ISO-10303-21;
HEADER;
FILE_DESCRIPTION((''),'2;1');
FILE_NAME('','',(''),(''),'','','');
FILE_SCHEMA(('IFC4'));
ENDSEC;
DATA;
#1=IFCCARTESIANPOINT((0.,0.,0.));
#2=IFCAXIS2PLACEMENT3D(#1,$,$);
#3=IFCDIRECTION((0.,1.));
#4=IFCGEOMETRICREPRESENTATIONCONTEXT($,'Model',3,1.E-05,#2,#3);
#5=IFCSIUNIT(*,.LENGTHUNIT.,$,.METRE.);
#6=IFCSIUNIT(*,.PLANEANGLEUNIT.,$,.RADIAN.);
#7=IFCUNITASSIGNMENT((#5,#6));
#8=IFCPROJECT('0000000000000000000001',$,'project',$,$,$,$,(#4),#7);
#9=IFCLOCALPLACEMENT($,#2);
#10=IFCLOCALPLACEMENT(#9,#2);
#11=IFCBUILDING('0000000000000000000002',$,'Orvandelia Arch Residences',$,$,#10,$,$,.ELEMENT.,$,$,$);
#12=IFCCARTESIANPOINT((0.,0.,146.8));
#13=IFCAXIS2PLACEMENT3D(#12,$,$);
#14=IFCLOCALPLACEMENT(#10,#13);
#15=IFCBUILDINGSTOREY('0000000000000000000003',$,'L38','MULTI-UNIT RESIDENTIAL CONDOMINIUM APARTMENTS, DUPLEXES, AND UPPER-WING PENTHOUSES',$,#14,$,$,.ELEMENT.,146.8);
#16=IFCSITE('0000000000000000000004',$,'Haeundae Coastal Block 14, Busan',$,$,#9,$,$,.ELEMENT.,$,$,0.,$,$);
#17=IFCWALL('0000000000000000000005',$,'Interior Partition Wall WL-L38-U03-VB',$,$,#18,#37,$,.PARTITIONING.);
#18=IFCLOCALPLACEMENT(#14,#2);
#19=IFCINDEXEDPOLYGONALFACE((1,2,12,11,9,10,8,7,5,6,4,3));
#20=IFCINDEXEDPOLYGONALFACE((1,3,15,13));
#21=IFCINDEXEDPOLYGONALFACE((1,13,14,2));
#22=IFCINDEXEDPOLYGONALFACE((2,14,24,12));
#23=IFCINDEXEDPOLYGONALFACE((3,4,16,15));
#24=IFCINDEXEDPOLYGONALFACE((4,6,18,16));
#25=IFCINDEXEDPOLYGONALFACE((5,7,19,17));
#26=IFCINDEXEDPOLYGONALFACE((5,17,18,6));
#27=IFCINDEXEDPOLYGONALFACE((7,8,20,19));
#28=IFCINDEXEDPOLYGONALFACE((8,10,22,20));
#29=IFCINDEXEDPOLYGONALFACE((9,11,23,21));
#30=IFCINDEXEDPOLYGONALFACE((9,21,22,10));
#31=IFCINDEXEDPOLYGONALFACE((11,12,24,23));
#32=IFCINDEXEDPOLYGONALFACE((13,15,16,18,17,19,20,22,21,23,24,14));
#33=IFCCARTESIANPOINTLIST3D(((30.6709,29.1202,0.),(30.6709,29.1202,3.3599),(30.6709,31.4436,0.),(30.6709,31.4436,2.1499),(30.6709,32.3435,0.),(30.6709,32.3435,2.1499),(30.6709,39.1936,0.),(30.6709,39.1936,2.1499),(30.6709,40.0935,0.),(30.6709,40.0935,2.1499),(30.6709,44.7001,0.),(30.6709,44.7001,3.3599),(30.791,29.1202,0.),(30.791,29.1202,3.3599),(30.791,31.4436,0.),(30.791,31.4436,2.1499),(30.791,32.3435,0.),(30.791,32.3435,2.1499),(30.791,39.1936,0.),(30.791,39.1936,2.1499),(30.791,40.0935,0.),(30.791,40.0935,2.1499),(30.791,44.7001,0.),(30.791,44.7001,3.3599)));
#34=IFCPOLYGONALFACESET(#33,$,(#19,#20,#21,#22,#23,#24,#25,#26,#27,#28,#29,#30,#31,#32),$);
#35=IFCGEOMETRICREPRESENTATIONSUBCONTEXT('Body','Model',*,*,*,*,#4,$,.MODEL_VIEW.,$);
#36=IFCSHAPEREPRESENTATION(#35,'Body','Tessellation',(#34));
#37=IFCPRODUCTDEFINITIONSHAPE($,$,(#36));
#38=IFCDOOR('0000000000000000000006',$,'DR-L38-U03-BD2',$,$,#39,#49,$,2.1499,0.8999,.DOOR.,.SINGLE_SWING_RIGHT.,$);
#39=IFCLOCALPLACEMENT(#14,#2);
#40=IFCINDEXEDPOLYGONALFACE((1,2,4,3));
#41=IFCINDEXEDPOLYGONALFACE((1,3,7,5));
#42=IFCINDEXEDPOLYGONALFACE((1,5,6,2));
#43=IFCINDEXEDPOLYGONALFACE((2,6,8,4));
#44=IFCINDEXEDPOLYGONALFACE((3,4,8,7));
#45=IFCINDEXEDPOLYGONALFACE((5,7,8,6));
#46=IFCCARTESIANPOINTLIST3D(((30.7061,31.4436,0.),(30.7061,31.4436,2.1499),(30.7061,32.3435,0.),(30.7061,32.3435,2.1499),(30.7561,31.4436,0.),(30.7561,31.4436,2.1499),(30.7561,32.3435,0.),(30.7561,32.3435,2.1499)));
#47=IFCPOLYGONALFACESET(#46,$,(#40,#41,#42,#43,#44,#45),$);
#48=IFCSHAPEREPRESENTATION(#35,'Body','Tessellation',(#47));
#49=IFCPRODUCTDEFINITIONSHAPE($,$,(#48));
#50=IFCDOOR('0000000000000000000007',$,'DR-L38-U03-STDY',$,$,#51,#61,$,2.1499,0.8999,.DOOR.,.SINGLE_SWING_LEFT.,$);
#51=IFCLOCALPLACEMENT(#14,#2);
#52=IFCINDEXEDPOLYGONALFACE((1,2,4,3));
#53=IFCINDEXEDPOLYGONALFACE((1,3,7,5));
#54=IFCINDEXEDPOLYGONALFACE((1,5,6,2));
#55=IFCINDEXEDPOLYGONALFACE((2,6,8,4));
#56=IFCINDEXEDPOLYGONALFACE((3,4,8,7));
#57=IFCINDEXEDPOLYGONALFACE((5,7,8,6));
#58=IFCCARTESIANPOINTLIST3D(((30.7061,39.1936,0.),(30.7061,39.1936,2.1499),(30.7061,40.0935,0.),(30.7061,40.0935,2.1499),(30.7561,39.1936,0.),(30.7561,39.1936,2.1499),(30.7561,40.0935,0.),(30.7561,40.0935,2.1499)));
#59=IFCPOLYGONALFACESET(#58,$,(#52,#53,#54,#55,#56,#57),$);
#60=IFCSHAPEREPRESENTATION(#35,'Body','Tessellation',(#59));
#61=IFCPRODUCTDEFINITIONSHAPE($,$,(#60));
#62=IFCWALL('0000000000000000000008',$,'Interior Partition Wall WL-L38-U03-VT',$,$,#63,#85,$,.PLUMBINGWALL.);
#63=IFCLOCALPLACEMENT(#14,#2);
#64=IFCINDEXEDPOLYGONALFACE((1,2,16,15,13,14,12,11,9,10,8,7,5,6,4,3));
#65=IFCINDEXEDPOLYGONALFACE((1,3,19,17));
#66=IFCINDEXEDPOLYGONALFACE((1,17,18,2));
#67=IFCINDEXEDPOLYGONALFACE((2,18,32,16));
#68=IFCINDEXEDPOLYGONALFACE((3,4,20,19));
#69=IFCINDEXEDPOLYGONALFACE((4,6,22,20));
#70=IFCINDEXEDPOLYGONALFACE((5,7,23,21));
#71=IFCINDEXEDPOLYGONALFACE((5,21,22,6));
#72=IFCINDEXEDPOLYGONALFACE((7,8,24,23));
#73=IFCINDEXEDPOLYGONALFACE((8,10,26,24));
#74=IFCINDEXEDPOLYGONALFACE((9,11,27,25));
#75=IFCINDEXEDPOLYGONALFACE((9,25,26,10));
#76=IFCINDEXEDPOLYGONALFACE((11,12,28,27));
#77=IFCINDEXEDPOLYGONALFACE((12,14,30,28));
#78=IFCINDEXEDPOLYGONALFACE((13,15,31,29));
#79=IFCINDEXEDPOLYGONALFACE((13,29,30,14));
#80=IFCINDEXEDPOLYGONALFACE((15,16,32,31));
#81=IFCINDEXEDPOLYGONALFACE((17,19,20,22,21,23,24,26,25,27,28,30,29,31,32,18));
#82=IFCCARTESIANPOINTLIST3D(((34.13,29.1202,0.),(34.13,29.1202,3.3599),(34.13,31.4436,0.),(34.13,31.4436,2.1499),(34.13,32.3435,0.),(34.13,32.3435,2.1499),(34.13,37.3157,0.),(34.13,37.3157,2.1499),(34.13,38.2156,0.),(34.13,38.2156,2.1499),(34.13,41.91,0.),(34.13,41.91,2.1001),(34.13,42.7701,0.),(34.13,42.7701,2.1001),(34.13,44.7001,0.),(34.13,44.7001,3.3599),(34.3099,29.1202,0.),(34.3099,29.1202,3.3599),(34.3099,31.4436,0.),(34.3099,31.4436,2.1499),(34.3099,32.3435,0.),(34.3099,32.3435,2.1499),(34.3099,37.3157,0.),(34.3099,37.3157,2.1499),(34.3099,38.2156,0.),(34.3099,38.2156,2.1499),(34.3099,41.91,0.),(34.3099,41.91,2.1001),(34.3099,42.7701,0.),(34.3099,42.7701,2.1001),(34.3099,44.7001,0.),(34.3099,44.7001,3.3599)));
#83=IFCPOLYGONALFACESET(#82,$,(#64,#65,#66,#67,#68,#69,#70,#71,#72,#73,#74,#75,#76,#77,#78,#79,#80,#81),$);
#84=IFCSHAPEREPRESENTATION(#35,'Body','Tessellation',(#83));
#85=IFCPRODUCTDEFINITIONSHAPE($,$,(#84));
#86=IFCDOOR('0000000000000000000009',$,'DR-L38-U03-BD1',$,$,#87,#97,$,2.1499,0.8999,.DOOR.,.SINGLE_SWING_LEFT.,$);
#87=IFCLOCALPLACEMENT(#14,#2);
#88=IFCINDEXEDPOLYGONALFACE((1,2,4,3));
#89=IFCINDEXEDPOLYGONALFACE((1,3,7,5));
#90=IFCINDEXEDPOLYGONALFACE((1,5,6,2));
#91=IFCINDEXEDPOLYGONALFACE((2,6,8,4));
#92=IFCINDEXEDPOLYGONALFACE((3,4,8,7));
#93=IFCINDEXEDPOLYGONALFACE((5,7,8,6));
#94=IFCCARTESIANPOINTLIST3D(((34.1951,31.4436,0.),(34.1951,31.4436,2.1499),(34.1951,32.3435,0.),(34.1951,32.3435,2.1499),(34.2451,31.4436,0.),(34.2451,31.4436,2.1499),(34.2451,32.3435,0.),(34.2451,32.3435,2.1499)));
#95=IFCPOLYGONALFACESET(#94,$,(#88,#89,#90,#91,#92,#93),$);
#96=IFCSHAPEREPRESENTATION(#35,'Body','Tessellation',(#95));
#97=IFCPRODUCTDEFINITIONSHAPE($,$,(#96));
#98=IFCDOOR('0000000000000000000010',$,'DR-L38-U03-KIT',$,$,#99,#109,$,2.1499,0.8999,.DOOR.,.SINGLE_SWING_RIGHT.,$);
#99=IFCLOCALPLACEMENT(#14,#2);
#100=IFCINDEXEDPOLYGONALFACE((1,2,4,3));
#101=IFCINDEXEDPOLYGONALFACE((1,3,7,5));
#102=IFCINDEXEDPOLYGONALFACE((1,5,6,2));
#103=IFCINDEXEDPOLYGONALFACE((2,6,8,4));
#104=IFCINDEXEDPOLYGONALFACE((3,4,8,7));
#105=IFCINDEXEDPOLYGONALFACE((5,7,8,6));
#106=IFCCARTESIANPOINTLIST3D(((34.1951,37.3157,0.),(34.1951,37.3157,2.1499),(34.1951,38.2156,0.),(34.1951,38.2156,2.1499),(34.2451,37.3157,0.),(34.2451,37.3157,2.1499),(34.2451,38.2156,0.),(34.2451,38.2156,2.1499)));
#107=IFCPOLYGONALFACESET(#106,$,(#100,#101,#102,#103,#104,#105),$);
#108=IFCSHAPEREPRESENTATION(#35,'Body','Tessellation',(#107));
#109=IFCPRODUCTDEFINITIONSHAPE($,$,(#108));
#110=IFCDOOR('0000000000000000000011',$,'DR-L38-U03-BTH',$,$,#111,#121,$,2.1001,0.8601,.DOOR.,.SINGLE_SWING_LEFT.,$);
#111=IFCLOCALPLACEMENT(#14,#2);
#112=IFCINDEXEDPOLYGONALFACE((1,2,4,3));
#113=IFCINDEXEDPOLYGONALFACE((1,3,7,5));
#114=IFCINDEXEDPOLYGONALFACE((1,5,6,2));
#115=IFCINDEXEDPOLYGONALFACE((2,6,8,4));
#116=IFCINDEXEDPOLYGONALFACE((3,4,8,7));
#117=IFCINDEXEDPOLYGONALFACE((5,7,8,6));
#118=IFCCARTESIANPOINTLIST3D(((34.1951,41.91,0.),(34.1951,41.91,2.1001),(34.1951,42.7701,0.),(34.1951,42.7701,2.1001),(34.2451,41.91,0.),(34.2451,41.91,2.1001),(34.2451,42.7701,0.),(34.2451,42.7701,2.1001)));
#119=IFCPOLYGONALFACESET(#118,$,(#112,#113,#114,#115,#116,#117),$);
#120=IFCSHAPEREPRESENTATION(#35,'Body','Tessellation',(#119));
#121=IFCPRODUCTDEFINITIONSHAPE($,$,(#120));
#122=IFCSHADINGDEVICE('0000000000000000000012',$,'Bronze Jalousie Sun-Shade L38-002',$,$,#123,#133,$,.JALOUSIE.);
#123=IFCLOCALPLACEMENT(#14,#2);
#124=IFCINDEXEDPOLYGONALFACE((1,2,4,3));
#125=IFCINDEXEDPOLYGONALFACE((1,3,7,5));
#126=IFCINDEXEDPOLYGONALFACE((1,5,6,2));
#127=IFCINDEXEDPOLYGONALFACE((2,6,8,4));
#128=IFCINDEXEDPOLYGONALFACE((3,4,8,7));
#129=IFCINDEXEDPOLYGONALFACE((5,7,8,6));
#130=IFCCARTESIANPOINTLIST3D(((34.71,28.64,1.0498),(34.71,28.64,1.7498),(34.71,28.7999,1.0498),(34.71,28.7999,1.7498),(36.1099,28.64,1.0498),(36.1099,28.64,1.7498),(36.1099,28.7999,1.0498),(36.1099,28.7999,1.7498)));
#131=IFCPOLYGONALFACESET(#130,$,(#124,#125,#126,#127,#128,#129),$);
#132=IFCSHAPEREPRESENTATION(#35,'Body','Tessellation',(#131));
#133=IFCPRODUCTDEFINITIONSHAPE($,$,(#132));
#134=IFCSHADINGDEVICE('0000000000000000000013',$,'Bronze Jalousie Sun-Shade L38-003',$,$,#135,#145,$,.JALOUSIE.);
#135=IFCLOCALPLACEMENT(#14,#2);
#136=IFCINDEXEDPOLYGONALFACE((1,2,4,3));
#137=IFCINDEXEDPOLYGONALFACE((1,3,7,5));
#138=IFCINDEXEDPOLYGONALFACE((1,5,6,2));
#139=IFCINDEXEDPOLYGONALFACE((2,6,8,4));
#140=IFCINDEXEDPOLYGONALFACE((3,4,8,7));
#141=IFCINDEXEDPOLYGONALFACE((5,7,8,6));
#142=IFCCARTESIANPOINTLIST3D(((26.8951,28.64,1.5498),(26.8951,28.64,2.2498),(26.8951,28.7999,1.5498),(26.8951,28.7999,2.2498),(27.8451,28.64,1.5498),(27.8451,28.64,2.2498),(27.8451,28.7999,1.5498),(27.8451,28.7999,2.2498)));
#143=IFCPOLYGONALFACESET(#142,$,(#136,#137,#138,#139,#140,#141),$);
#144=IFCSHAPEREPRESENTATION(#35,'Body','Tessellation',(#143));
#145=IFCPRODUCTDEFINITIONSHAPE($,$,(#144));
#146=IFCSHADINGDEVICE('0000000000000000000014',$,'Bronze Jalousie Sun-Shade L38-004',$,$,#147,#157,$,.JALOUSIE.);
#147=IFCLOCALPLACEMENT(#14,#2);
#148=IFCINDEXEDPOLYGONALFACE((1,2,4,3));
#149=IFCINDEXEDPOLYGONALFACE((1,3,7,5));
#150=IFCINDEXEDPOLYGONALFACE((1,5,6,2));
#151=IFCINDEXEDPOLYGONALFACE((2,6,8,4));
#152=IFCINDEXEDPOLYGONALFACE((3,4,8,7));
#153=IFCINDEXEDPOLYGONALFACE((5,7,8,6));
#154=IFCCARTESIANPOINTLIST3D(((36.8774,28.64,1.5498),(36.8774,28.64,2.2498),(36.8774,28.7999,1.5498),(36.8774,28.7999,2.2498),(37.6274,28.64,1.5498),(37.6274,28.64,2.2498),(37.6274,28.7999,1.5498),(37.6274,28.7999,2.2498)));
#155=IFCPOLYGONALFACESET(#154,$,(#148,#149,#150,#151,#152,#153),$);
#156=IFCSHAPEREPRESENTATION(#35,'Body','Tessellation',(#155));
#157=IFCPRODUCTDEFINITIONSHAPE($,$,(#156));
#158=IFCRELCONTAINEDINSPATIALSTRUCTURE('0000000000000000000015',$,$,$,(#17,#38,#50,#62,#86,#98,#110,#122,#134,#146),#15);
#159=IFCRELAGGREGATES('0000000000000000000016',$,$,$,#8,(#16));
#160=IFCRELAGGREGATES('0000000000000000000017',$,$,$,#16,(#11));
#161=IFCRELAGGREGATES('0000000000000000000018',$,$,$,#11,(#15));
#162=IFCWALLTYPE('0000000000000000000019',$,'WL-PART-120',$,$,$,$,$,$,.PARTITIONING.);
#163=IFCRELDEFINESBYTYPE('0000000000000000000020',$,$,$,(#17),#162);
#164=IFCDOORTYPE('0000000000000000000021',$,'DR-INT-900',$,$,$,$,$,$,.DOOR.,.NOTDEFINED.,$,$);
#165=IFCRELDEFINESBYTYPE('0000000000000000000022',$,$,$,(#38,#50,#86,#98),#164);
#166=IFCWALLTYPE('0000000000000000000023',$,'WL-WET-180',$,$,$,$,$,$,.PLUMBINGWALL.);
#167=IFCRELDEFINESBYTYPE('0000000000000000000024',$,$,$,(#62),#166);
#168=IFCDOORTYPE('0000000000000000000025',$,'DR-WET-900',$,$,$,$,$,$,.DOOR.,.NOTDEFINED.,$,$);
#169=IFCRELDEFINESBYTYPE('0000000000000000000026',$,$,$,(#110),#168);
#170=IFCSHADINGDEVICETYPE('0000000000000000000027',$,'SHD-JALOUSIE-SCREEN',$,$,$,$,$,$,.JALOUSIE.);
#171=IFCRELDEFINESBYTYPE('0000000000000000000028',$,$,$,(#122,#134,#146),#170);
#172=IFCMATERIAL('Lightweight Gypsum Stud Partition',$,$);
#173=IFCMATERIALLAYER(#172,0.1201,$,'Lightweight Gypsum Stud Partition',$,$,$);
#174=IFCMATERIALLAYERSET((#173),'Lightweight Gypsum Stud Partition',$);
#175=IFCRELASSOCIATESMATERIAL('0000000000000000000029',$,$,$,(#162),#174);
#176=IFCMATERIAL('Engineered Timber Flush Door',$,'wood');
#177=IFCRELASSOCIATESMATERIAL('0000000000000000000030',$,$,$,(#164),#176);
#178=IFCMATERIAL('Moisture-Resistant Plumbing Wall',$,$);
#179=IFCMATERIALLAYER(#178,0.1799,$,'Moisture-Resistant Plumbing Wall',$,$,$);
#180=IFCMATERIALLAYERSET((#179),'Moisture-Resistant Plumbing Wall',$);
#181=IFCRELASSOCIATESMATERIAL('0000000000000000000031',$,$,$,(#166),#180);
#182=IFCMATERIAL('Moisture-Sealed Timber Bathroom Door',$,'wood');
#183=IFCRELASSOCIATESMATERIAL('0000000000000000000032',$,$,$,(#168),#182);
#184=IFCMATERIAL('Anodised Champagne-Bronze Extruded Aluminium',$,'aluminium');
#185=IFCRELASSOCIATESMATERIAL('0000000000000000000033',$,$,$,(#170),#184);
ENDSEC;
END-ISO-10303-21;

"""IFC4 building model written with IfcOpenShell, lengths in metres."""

from ifc_helpers import new_model, si_unit, direction, frame, frame_2d, origin, origin_2d, place, context, subcontext, project, spatial, rectangle, extrude, material, layer, layer_set, type_object, element, fill, save


model = new_model("IFC4")

# Units and contexts
model_context = context("Model", 3, precision=1e-05, world=origin(), true_north=direction((0.0, 1.0)))
body_context = subcontext(model_context, "Body", "Model", "MODEL_VIEW")
ifc_project = project(units=[si_unit("LENGTHUNIT", "METRE"), si_unit("PLANEANGLEUNIT", "RADIAN")], contexts=[model_context])

# Site, building, storey
site_placement = place(None, origin())
site = spatial("IfcSite", under=ifc_project, at=site_placement, Name="Haeundae Coastal Block 14, Busan", CompositionType="ELEMENT", RefElevation=0.0)
building_placement = place(site_placement, origin())
building = spatial("IfcBuilding", under=site, at=building_placement, Name="Orvandelia Arch Residences", CompositionType="ELEMENT")
storey_placement = place(building_placement, frame((0.0, 0.0, 146.8)))
storey = spatial("IfcBuildingStorey", under=building, at=storey_placement, Name="L38", Description="MULTI-UNIT RESIDENTIAL CONDOMINIUM APARTMENTS, DUPLEXES, AND UPPER-WING PENTHOUSES", CompositionType="ELEMENT", Elevation=146.8)

# Walls, openings, doors
ifc_material_1 = material(Name="Lightweight Gypsum Stud Partition")
ifc_layer_1 = layer(ifc_material_1, 0.1201, Name="Lightweight Gypsum Stud Partition")
ifc_layer_set_1 = layer_set([ifc_layer_1], Name="Lightweight Gypsum Stud Partition")
wall_type_1 = type_object("IfcWallType", Name="WL-PART-120", PredefinedType="PARTITIONING", material=ifc_layer_set_1)
wall_1_placement = place(storey_placement, frame((30.731, 29.1201, 0.0), z_axis=(0.0, 0.0, 1.0), x_axis=(0.0, 1.0, 0.0)))
wall_1 = element("IfcWall", 1, at=wall_1_placement, inside=storey, type_object=wall_type_1, Name="Interior Partition Wall WL-L38-U03-VB", PredefinedType="PARTITIONING", context=body_context, shape_type="SweptSolid", body=[
    extrude(rectangle(XDim=15.5798, YDim=0.1201, at=frame_2d((7.79, 0.0))), origin(), (0.0, 0.0, 1.0), 3.3599),
])
opening_1_placement = place(wall_1_placement, frame((2.3235, 0.0, 0.0)))
opening_1 = element("IfcOpeningElement", 2, at=opening_1_placement, cuts=wall_1, PredefinedType="OPENING", context=body_context, shape_type="SweptSolid", body=[
    extrude(rectangle(XDim=0.8999, YDim=2.1499, at=frame_2d((0.45, 1.075))), frame((0.0, 0.0701, 0.0), z_axis=(0.0, -1.0, 0.0), x_axis=(1.0, 0.0, 0.0)), (0.0, 0.0, 1.0), 0.1401),
])
opening_2_placement = place(wall_1_placement, frame((10.0735, 0.0, 0.0)))
opening_2 = element("IfcOpeningElement", 3, at=opening_2_placement, cuts=wall_1, PredefinedType="OPENING", context=body_context, shape_type="SweptSolid", body=[
    extrude(rectangle(XDim=0.8999, YDim=2.1499, at=frame_2d((0.45, 1.075))), frame((0.0, 0.0701, 0.0), z_axis=(0.0, -1.0, 0.0), x_axis=(1.0, 0.0, 0.0)), (0.0, 0.0, 1.0), 0.1401),
])
ifc_material_2 = material(Name="Engineered Timber Flush Door", Category="wood")
door_type_1 = type_object("IfcDoorType", Name="DR-INT-900", OperationType="NOTDEFINED", PredefinedType="DOOR", material=ifc_material_2)
door_1_placement = place(opening_1_placement, origin())
door_1 = element("IfcDoor", 4, at=door_1_placement, inside=storey, type_object=door_type_1, Name="DR-L38-U03-BD2", OperationType="SINGLE_SWING_RIGHT", OverallHeight=2.1499, OverallWidth=0.8999, PredefinedType="DOOR", context=body_context, shape_type="SweptSolid", body=[
    extrude(rectangle(XDim=0.8999, YDim=2.1499, at=frame_2d((0.45, 1.075))), frame((0.0, 0.0249, 0.0), z_axis=(0.0, -1.0, 0.0), x_axis=(1.0, 0.0, 0.0)), (0.0, 0.0, 1.0), 0.05),
])
fill(opening_1, door_1)
door_2_placement = place(opening_2_placement, origin())
door_2 = element("IfcDoor", 5, at=door_2_placement, inside=storey, type_object=door_type_1, Name="DR-L38-U03-STDY", OperationType="SINGLE_SWING_LEFT", OverallHeight=2.1499, OverallWidth=0.8999, PredefinedType="DOOR", context=body_context, shape_type="SweptSolid", body=[
    extrude(rectangle(XDim=0.8999, YDim=2.1499, at=frame_2d((0.45, 1.075))), frame((0.0, 0.0249, 0.0), z_axis=(0.0, -1.0, 0.0), x_axis=(1.0, 0.0, 0.0)), (0.0, 0.0, 1.0), 0.05),
])
fill(opening_2, door_2)
ifc_material_3 = material(Name="Moisture-Resistant Plumbing Wall")
ifc_layer_2 = layer(ifc_material_3, 0.1799, Name="Moisture-Resistant Plumbing Wall")
ifc_layer_set_2 = layer_set([ifc_layer_2], Name="Moisture-Resistant Plumbing Wall")
wall_type_2 = type_object("IfcWallType", Name="WL-WET-180", PredefinedType="PLUMBINGWALL", material=ifc_layer_set_2)
wall_2_placement = place(storey_placement, frame((34.22, 29.1201, 0.0), z_axis=(0.0, 0.0, 1.0), x_axis=(0.0, 1.0, 0.0)))
wall_2 = element("IfcWall", 6, at=wall_2_placement, inside=storey, type_object=wall_type_2, Name="Interior Partition Wall WL-L38-U03-VT", PredefinedType="PLUMBINGWALL", context=body_context, shape_type="SweptSolid", body=[
    extrude(rectangle(XDim=15.5798, YDim=0.1799, at=frame_2d((7.79, 0.0))), origin(), (0.0, 0.0, 1.0), 3.3599),
])
opening_3_placement = place(wall_2_placement, frame((2.3235, 0.0, 0.0)))
opening_3 = element("IfcOpeningElement", 7, at=opening_3_placement, cuts=wall_2, PredefinedType="OPENING", context=body_context, shape_type="SweptSolid", body=[
    extrude(rectangle(XDim=0.8999, YDim=2.1499, at=frame_2d((0.45, 1.075))), frame((0.0, 0.1001, 0.0), z_axis=(0.0, -1.0, 0.0), x_axis=(1.0, 0.0, 0.0)), (0.0, 0.0, 1.0), 0.2),
])
opening_4_placement = place(wall_2_placement, frame((8.1956, 0.0, 0.0)))
opening_4 = element("IfcOpeningElement", 8, at=opening_4_placement, cuts=wall_2, PredefinedType="OPENING", context=body_context, shape_type="SweptSolid", body=[
    extrude(rectangle(XDim=0.8999, YDim=2.1499, at=frame_2d((0.45, 1.075))), frame((0.0, 0.1001, 0.0), z_axis=(0.0, -1.0, 0.0), x_axis=(1.0, 0.0, 0.0)), (0.0, 0.0, 1.0), 0.2),
])
opening_5_placement = place(wall_2_placement, frame((12.7898, 0.0, 0.0)))
opening_5 = element("IfcOpeningElement", 9, at=opening_5_placement, cuts=wall_2, PredefinedType="OPENING", context=body_context, shape_type="SweptSolid", body=[
    extrude(rectangle(XDim=0.8601, YDim=2.1001, at=frame_2d((0.4302, 1.05))), frame((0.0, 0.1001, 0.0), z_axis=(0.0, -1.0, 0.0), x_axis=(1.0, 0.0, 0.0)), (0.0, 0.0, 1.0), 0.2),
])
door_3_placement = place(opening_3_placement, origin())
door_3 = element("IfcDoor", 10, at=door_3_placement, inside=storey, type_object=door_type_1, Name="DR-L38-U03-BD1", OperationType="SINGLE_SWING_LEFT", OverallHeight=2.1499, OverallWidth=0.8999, PredefinedType="DOOR", context=body_context, shape_type="SweptSolid", body=[
    extrude(rectangle(XDim=0.8999, YDim=2.1499, at=frame_2d((0.45, 1.075))), frame((0.0, 0.0249, 0.0), z_axis=(0.0, -1.0, 0.0), x_axis=(1.0, 0.0, 0.0)), (0.0, 0.0, 1.0), 0.05),
])
fill(opening_3, door_3)
door_4_placement = place(opening_4_placement, origin())
door_4 = element("IfcDoor", 11, at=door_4_placement, inside=storey, type_object=door_type_1, Name="DR-L38-U03-KIT", OperationType="SINGLE_SWING_RIGHT", OverallHeight=2.1499, OverallWidth=0.8999, PredefinedType="DOOR", context=body_context, shape_type="SweptSolid", body=[
    extrude(rectangle(XDim=0.8999, YDim=2.1499, at=frame_2d((0.45, 1.075))), frame((0.0, 0.0249, 0.0), z_axis=(0.0, -1.0, 0.0), x_axis=(1.0, 0.0, 0.0)), (0.0, 0.0, 1.0), 0.05),
])
fill(opening_4, door_4)
ifc_material_4 = material(Name="Moisture-Sealed Timber Bathroom Door", Category="wood")
door_type_2 = type_object("IfcDoorType", Name="DR-WET-900", OperationType="NOTDEFINED", PredefinedType="DOOR", material=ifc_material_4)
door_5_placement = place(opening_5_placement, origin())
door_5 = element("IfcDoor", 12, at=door_5_placement, inside=storey, type_object=door_type_2, Name="DR-L38-U03-BTH", OperationType="SINGLE_SWING_LEFT", OverallHeight=2.1001, OverallWidth=0.8601, PredefinedType="DOOR", context=body_context, shape_type="SweptSolid", body=[
    extrude(rectangle(XDim=0.8601, YDim=2.1001, at=frame_2d((0.4302, 1.05))), frame((0.0, 0.0249, 0.0), z_axis=(0.0, -1.0, 0.0), x_axis=(1.0, 0.0, 0.0)), (0.0, 0.0, 1.0), 0.05),
])
fill(opening_5, door_5)

# Shading devices
ifc_material_5 = material(Name="Anodised Champagne-Bronze Extruded Aluminium", Category="aluminium")
shading_device_type_1 = type_object("IfcShadingDeviceType", Name="SHD-JALOUSIE-SCREEN", PredefinedType="JALOUSIE", material=ifc_material_5)
shading_device_1_placement = place(storey_placement, frame((35.4099, 28.72, 1.0498), z_axis=(0.0, 0.0, 1.0), x_axis=(-1.0, 0.0, 0.0)))
element("IfcShadingDevice", 13, at=shading_device_1_placement, inside=storey, type_object=shading_device_type_1, Name="Bronze Jalousie Sun-Shade L38-002", PredefinedType="JALOUSIE", context=body_context, shape_type="SweptSolid", body=[
    extrude(rectangle(XDim=1.3999, YDim=0.1599, at=origin_2d()), origin(), (0.0, 0.0, 1.0), 0.7),
])
shading_device_2_placement = place(storey_placement, frame((27.3701, 28.72, 1.5498), z_axis=(0.0, 0.0, 1.0), x_axis=(-1.0, 0.0, 0.0)))
element("IfcShadingDevice", 14, at=shading_device_2_placement, inside=storey, type_object=shading_device_type_1, Name="Bronze Jalousie Sun-Shade L38-003", PredefinedType="JALOUSIE", context=body_context, shape_type="SweptSolid", body=[
    extrude(rectangle(XDim=0.95, YDim=0.1599, at=origin_2d()), origin(), (0.0, 0.0, 1.0), 0.7),
])
shading_device_3_placement = place(storey_placement, frame((37.2524, 28.72, 1.5498), z_axis=(0.0, 0.0, 1.0), x_axis=(-1.0, 0.0, 0.0)))
element("IfcShadingDevice", 15, at=shading_device_3_placement, inside=storey, type_object=shading_device_type_1, Name="Bronze Jalousie Sun-Shade L38-004", PredefinedType="JALOUSIE", context=body_context, shape_type="SweptSolid", body=[
    extrude(rectangle(XDim=0.75, YDim=0.1599, at=origin_2d()), origin(), (0.0, 0.0, 1.0), 0.7),
])

save(model, "model.ifc")
